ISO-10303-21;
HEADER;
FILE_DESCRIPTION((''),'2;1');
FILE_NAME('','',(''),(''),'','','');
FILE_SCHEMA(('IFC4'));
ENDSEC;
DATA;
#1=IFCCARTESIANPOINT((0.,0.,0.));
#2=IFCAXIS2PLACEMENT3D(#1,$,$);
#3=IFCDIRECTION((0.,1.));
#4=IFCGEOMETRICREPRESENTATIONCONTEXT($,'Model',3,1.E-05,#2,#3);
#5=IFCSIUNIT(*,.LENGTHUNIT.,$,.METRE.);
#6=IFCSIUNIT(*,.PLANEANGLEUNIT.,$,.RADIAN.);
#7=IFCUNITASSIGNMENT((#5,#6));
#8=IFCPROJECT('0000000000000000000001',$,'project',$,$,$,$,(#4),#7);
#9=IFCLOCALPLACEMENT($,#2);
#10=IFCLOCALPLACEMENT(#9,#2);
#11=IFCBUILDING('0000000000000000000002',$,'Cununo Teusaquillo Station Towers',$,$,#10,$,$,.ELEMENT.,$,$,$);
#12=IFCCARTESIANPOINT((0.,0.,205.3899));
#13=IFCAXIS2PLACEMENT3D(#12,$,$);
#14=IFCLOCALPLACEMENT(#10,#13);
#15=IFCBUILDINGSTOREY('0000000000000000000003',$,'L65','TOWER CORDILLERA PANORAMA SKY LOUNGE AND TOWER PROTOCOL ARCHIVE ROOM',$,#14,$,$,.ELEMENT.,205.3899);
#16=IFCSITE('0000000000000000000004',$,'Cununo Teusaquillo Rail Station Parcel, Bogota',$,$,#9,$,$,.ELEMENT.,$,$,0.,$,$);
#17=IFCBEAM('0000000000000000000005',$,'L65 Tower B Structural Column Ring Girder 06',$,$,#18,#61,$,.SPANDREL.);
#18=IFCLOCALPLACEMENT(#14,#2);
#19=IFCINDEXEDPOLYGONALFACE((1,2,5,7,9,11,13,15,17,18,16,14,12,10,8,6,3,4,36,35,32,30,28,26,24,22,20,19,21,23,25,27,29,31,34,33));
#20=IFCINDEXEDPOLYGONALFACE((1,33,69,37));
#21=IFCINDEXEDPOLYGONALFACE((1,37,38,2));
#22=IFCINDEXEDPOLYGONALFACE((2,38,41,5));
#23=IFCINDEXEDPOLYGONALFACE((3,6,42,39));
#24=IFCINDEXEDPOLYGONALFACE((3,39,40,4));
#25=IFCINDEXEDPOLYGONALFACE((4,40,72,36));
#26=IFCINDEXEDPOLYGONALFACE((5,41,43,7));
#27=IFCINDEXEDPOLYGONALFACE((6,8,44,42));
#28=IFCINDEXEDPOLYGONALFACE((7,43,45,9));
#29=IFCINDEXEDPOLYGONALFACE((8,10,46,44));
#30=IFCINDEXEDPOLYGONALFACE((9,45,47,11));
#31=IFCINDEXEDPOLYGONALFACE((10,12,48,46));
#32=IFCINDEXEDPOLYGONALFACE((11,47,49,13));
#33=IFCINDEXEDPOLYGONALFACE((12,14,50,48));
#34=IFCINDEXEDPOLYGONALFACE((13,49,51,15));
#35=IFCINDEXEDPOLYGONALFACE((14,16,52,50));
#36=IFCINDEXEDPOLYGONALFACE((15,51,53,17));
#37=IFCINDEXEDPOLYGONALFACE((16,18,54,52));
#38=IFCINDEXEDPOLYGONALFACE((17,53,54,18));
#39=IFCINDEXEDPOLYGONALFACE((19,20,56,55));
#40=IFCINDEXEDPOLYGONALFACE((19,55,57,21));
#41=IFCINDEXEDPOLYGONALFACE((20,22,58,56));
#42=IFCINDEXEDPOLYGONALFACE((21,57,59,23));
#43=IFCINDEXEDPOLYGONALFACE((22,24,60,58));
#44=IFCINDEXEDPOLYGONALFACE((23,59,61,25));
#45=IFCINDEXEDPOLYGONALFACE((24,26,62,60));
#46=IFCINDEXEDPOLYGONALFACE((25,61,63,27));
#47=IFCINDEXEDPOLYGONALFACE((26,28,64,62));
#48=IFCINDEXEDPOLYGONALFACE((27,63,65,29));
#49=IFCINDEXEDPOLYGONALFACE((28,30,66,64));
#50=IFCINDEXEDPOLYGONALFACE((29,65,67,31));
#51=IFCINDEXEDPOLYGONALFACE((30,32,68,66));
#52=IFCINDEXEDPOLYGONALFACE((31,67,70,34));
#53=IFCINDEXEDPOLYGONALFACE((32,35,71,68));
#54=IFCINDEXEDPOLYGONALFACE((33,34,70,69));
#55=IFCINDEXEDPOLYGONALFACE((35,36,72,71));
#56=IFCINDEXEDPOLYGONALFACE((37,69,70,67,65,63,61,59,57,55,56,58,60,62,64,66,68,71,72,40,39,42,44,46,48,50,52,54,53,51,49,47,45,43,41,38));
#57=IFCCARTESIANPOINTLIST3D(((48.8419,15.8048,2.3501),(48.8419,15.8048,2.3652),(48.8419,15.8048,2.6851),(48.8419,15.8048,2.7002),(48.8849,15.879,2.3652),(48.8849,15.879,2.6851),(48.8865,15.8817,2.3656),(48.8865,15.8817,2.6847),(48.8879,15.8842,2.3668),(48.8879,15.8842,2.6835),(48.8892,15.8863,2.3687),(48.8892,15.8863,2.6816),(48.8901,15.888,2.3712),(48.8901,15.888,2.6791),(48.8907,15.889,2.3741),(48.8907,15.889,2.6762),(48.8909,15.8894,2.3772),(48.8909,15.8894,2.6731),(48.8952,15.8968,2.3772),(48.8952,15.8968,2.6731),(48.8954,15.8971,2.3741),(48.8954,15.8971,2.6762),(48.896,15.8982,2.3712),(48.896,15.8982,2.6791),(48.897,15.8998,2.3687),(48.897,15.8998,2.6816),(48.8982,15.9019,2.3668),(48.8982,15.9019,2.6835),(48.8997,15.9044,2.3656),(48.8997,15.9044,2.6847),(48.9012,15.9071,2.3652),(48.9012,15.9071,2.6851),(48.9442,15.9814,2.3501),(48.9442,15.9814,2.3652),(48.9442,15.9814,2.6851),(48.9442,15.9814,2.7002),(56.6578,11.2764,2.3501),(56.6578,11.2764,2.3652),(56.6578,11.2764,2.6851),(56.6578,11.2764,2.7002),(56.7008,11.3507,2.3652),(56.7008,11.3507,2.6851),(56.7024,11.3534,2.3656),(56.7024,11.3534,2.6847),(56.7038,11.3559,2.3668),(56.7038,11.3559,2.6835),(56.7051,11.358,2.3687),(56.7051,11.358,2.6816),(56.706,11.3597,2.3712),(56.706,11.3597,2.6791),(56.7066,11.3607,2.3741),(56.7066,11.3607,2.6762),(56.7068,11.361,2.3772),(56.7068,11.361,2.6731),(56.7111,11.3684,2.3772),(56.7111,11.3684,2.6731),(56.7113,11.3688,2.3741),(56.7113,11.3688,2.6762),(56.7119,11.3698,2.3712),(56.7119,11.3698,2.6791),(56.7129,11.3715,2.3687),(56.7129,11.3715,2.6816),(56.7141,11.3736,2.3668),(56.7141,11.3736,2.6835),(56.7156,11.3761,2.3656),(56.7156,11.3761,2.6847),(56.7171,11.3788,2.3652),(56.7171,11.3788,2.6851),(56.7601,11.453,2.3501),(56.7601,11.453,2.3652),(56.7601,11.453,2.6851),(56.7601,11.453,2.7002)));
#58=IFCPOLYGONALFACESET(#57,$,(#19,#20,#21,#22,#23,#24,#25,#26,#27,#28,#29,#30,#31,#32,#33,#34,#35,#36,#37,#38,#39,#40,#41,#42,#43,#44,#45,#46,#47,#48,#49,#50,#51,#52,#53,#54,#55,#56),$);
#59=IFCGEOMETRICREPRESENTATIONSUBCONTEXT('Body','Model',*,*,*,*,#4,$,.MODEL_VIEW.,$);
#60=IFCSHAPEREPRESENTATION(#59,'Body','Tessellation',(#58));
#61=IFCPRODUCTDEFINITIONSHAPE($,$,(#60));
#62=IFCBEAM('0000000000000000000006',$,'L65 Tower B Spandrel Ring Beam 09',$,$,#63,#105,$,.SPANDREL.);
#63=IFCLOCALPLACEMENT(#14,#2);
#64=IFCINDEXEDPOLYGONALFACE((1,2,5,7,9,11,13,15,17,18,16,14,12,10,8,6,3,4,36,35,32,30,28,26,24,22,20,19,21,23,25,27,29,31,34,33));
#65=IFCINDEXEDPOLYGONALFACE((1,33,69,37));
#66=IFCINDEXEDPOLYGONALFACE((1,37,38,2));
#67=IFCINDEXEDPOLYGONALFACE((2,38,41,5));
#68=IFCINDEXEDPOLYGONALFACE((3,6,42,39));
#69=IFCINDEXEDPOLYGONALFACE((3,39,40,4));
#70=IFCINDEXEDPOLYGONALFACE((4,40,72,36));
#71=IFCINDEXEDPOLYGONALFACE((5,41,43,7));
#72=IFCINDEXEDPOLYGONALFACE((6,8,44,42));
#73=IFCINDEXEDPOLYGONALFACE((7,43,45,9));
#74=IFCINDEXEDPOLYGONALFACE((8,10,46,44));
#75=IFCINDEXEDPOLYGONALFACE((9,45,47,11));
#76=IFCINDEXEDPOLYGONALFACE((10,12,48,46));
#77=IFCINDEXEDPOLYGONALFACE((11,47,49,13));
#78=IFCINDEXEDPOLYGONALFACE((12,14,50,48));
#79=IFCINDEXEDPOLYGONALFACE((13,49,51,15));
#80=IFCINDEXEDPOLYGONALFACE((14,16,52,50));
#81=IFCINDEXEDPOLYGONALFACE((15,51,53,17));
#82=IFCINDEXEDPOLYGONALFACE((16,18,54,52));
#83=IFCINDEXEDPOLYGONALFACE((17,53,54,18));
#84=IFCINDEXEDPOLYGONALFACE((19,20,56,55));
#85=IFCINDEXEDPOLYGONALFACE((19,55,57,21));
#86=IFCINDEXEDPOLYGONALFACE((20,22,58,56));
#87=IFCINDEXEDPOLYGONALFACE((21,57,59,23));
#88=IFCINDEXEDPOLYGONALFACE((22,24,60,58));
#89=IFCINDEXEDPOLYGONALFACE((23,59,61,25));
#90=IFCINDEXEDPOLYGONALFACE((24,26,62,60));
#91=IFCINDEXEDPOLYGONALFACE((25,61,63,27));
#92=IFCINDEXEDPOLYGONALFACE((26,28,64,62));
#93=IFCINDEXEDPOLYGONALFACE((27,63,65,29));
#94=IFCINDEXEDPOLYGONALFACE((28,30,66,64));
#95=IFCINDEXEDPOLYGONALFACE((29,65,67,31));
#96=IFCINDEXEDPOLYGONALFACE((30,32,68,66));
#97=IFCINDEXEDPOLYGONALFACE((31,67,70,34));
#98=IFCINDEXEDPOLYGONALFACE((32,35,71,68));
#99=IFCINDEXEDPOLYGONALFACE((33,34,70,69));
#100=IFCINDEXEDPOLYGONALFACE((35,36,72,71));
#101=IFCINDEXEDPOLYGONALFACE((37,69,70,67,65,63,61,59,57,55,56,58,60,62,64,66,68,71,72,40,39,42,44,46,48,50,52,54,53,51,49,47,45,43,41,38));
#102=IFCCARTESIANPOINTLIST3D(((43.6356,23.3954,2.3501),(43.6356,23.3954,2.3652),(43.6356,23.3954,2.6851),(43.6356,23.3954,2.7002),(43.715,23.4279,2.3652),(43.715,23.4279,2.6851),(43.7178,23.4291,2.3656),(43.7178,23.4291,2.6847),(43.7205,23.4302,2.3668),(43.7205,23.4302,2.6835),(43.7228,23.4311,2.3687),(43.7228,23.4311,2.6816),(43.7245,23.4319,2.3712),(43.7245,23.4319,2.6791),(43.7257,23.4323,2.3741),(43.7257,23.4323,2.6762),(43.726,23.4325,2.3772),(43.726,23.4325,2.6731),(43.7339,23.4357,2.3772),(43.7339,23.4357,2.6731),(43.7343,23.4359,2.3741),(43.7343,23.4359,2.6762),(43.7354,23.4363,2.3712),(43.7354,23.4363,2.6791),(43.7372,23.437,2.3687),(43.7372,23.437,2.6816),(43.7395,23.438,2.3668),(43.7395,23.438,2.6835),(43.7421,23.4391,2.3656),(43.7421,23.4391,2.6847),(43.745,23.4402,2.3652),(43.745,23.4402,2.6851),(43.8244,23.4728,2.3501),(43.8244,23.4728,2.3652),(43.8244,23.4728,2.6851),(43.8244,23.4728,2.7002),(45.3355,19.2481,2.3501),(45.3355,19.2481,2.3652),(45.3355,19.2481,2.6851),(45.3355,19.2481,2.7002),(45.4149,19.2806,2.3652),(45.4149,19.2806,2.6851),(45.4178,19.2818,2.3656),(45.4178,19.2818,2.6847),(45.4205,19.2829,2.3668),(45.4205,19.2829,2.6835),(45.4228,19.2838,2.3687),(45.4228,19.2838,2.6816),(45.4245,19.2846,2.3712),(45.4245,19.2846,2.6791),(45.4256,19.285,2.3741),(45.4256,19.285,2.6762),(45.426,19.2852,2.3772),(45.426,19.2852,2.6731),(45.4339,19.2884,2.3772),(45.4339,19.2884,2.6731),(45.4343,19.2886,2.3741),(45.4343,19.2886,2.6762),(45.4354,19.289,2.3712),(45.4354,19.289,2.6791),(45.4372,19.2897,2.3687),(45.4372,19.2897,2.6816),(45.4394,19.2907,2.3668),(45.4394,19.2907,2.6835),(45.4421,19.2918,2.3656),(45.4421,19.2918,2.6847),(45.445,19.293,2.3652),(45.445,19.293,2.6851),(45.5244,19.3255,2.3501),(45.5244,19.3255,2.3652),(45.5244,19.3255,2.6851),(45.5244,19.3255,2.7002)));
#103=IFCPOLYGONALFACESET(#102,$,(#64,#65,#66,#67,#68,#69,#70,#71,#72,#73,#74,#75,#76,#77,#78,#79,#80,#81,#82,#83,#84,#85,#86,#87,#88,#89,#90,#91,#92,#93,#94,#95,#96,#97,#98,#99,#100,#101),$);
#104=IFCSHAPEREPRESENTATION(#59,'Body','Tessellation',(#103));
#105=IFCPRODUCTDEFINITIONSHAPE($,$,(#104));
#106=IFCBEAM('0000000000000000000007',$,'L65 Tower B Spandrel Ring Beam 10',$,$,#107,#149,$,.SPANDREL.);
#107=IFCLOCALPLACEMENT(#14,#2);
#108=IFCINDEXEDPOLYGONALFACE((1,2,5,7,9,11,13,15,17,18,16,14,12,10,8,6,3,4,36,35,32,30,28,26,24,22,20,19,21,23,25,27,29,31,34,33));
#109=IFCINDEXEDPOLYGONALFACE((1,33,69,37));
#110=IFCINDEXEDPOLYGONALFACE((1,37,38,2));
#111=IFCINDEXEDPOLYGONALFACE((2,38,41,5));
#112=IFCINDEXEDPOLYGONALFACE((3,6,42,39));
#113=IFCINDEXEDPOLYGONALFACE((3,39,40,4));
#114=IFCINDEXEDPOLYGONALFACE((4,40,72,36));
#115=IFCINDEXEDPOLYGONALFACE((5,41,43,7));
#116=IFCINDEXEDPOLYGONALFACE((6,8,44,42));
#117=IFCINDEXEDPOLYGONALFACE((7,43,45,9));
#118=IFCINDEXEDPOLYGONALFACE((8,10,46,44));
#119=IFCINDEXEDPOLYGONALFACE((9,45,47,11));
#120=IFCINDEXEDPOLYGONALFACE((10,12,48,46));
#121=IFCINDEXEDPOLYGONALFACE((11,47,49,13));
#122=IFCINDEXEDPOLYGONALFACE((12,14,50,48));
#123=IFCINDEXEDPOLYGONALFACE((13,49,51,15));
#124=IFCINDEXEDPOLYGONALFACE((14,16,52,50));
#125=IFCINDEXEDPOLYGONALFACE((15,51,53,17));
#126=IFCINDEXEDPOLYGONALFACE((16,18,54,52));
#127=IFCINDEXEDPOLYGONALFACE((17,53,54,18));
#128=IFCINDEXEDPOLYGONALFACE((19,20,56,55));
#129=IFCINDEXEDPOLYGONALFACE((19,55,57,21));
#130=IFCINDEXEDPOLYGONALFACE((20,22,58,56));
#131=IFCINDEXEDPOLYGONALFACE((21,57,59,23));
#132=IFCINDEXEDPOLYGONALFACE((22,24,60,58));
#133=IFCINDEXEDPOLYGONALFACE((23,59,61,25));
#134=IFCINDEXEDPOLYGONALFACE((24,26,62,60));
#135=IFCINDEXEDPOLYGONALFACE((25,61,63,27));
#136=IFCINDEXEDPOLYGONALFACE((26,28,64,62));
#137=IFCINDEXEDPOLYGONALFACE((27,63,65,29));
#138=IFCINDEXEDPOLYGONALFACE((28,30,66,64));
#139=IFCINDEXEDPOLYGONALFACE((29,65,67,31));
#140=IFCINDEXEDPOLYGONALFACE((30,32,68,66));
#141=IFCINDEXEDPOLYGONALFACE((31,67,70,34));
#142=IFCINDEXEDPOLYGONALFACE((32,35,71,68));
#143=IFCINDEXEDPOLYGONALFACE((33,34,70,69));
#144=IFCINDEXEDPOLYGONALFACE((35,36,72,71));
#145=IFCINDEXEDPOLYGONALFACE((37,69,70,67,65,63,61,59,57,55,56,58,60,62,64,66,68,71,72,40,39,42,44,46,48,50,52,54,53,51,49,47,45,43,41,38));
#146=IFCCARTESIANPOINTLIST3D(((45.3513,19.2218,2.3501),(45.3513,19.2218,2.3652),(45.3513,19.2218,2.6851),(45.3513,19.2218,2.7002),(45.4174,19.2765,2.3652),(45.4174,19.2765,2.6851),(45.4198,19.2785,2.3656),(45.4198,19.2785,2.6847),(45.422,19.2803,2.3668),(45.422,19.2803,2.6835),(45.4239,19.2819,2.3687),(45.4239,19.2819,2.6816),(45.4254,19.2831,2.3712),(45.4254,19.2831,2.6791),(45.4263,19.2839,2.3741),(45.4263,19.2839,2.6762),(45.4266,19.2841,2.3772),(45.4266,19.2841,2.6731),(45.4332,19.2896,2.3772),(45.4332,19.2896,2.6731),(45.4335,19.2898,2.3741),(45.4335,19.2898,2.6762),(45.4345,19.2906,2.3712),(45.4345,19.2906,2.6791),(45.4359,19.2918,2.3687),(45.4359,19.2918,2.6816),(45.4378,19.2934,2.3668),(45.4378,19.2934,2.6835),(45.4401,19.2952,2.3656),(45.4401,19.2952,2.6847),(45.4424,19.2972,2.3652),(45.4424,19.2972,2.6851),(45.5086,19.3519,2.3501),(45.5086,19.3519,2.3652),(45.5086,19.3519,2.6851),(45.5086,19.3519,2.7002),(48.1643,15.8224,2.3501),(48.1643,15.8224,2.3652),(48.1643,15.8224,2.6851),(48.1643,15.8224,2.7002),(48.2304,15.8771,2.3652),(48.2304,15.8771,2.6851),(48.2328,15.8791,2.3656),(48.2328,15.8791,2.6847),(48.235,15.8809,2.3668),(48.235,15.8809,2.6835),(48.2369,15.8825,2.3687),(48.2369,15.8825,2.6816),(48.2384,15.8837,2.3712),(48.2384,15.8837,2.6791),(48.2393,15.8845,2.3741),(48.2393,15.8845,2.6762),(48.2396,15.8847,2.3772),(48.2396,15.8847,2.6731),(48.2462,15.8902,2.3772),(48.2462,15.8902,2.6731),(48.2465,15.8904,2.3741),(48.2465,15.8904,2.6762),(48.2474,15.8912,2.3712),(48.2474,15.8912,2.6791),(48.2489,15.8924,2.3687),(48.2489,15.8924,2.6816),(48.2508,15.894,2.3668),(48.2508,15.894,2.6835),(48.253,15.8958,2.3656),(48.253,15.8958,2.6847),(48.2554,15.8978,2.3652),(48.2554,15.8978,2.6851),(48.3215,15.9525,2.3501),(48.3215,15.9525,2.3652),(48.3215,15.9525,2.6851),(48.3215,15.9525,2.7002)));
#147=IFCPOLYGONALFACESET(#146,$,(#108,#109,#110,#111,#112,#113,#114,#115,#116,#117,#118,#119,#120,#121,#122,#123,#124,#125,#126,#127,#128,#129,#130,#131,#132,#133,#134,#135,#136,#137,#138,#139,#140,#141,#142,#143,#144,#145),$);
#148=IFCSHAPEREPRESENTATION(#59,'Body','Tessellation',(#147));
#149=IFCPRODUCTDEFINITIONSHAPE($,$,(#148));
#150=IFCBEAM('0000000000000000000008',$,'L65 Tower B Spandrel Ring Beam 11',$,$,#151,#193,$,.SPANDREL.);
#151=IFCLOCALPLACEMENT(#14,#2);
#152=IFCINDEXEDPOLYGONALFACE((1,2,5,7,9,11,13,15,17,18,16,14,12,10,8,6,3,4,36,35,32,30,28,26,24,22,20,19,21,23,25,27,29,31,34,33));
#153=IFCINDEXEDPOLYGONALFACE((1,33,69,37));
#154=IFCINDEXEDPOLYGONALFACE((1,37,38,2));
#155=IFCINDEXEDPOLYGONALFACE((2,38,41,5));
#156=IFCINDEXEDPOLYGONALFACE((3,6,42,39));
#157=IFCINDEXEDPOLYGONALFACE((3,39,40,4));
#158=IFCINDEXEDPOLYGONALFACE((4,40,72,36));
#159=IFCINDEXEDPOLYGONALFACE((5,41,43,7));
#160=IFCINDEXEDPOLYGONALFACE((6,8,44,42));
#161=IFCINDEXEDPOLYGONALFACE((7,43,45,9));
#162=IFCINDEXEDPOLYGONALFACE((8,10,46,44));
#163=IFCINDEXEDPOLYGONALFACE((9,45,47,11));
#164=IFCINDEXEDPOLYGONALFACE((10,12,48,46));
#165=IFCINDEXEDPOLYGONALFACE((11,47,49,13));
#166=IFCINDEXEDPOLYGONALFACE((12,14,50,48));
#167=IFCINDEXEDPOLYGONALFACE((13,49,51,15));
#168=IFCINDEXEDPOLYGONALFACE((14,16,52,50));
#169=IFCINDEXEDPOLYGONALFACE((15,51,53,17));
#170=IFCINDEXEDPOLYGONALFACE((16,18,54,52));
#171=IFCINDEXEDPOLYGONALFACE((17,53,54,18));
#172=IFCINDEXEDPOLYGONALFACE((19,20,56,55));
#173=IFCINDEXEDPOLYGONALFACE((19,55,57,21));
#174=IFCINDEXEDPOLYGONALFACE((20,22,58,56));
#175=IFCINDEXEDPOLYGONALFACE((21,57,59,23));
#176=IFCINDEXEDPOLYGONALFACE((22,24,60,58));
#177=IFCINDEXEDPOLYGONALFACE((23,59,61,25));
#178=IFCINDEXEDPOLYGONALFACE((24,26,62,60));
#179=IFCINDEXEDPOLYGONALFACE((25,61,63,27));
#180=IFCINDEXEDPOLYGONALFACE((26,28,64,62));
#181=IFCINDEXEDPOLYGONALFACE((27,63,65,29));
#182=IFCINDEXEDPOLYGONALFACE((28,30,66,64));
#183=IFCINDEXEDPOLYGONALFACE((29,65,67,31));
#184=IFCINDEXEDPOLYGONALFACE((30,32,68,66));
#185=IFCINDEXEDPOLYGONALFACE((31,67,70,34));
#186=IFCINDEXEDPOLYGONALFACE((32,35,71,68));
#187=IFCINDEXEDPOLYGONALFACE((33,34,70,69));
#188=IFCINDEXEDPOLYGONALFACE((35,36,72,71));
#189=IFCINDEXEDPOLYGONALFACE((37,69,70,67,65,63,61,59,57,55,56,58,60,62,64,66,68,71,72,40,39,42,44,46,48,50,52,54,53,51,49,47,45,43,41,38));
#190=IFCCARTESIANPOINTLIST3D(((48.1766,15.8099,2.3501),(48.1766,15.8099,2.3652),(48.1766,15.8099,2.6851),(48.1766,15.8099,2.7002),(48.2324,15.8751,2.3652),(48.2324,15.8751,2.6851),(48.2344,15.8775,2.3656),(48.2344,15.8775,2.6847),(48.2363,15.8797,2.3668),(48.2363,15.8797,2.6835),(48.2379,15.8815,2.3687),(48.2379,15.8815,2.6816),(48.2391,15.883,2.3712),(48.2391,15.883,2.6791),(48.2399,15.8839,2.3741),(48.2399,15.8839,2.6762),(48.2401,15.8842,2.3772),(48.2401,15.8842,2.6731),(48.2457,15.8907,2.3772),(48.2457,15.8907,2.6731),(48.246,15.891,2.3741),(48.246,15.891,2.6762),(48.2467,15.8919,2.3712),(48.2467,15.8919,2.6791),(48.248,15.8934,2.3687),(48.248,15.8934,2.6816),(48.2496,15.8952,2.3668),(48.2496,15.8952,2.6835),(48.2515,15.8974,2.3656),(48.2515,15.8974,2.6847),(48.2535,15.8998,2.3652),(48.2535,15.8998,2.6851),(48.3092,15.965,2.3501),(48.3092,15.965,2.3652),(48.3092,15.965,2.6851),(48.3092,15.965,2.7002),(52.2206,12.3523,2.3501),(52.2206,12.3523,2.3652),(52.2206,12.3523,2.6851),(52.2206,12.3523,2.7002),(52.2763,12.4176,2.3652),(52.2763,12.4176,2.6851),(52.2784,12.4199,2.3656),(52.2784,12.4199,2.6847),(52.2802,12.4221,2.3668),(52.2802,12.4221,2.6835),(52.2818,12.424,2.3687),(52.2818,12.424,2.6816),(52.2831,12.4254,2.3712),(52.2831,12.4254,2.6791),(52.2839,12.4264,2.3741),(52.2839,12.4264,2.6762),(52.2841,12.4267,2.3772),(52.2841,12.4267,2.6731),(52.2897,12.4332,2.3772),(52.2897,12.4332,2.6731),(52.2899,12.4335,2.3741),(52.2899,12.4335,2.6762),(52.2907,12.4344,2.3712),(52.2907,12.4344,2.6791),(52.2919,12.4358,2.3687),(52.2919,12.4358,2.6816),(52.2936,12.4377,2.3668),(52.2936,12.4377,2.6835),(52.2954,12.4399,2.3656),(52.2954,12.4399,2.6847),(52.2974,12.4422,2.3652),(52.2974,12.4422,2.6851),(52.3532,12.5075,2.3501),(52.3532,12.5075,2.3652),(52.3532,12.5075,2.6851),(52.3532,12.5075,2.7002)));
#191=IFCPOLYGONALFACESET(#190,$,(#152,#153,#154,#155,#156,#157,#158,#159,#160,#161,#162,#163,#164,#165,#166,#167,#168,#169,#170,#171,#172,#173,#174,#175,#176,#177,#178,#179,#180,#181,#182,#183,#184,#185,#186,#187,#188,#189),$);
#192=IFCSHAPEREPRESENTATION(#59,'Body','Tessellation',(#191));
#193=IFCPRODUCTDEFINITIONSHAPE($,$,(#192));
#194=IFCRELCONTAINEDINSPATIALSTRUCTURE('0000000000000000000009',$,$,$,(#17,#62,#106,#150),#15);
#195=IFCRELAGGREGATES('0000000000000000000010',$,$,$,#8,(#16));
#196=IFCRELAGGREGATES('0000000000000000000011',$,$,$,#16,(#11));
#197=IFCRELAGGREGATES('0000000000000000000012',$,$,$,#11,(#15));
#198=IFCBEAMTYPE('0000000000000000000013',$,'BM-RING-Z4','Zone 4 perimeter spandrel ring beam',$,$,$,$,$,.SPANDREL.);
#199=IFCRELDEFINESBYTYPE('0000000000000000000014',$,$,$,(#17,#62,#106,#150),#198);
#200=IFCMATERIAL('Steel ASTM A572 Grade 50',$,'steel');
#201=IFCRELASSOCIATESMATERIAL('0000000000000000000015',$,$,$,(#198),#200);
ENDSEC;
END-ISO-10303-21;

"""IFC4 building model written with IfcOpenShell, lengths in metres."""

from ifc_helpers import new_model, si_unit, direction, frame, origin, origin_2d, place, context, subcontext, project, spatial, i_section, extrude, material, material_profile, profile_set, type_object, element, save


model = new_model("IFC4")

# Units and contexts
model_context = context("Model", 3, precision=1e-05, world=origin(), true_north=direction((0.0, 1.0)))
body_context = subcontext(model_context, "Body", "Model", "MODEL_VIEW")
ifc_project = project(units=[si_unit("LENGTHUNIT", "METRE"), si_unit("PLANEANGLEUNIT", "RADIAN")], contexts=[model_context])

# Site, building, storey
site_placement = place(None, origin())
site = spatial("IfcSite", under=ifc_project, at=site_placement, Name="Cununo Teusaquillo Rail Station Parcel, Bogota", CompositionType="ELEMENT", RefElevation=0.0)
building_placement = place(site_placement, origin())
building = spatial("IfcBuilding", under=site, at=building_placement, Name="Cununo Teusaquillo Station Towers", CompositionType="ELEMENT")
storey_placement = place(building_placement, frame((0.0, 0.0, 205.3899)))
storey = spatial("IfcBuildingStorey", under=building, at=storey_placement, Name="L65", Description="TOWER CORDILLERA PANORAMA SKY LOUNGE AND TOWER PROTOCOL ARCHIVE ROOM", CompositionType="ELEMENT", Elevation=205.3899)

# Beams
ifc_material_1 = material(Name="Steel ASTM A572 Grade 50", Category="steel")
ifc_material_profile_1 = material_profile(ifc_material_1, i_section(OverallWidth=0.2041, OverallDepth=0.3501, WebThickness=0.0085, FlangeThickness=0.0151, FilletRadius=0.012, at=origin_2d()), Name="W14X48")
ifc_profile_set_1 = profile_set([ifc_material_profile_1], Name="Steel ASTM A572 Grade 50")
beam_type_1 = type_object("IfcBeamType", Name="BM-RING-Z4", Description="Zone 4 perimeter spandrel ring beam", PredefinedType="SPANDREL", material=ifc_profile_set_1)
for number, where, z_axis, x_axis, name in (
    (1, (48.8931, 15.8931, 2.5251), (0.865267, -0.501311, 0.0), (0.501311, 0.865267, 0.0), "L65 Tower B Structural Column Ring Girder 06"),
):
    element("IfcBeam", number, at=place(storey_placement, frame(where, z_axis=z_axis, x_axis=x_axis)), inside=storey, type_object=beam_type_1, Name=name, PredefinedType="SPANDREL", context=body_context, shape_type="SweptSolid", body=[
        extrude(i_section(OverallWidth=0.2041, OverallDepth=0.3501, WebThickness=0.0085, FlangeThickness=0.0151, FilletRadius=0.012, at=origin_2d()), origin(), (0.0, 0.0, 1.0), 9.033),
    ])
beam_1_placement = place(storey_placement, frame((43.73, 23.4341, 2.5251), z_axis=(0.379275, -0.925284, 0.0), x_axis=(0.925284, 0.379275, 0.0)))
element("IfcBeam", 2, at=beam_1_placement, inside=storey, type_object=beam_type_1, Name="L65 Tower B Spandrel Ring Beam 09", PredefinedType="SPANDREL", context=body_context, shape_type="SweptSolid", body=[
    extrude(i_section(OverallWidth=0.2041, OverallDepth=0.3501, WebThickness=0.0085, FlangeThickness=0.0151, FilletRadius=0.012, at=origin_2d()), origin(), (0.0, 0.0, 1.0), 4.4822),
])
beam_2_placement = place(storey_placement, frame((45.4299, 19.2869, 2.5251), z_axis=(0.637525, -0.77043, 0.0), x_axis=(0.77043, 0.637525, 0.0)))
element("IfcBeam", 3, at=beam_2_placement, inside=storey, type_object=beam_type_1, Name="L65 Tower B Spandrel Ring Beam 10", PredefinedType="SPANDREL", context=body_context, shape_type="SweptSolid", body=[
    extrude(i_section(OverallWidth=0.2041, OverallDepth=0.3501, WebThickness=0.0085, FlangeThickness=0.0151, FilletRadius=0.012, at=origin_2d()), origin(), (0.0, 0.0, 1.0), 4.4124),
])
beam_3_placement = place(storey_placement, frame((48.2429, 15.8875, 2.5251), z_axis=(0.760066, -0.649846, 0.0), x_axis=(0.649846, 0.760066, 0.0)))
element("IfcBeam", 4, at=beam_3_placement, inside=storey, type_object=beam_type_1, Name="L65 Tower B Spandrel Ring Beam 11", PredefinedType="SPANDREL", context=body_context, shape_type="SweptSolid", body=[
    extrude(i_section(OverallWidth=0.2041, OverallDepth=0.3501, WebThickness=0.0085, FlangeThickness=0.0151, FilletRadius=0.012, at=origin_2d()), origin(), (0.0, 0.0, 1.0), 5.3206),
])

save(model, "model.ifc")
